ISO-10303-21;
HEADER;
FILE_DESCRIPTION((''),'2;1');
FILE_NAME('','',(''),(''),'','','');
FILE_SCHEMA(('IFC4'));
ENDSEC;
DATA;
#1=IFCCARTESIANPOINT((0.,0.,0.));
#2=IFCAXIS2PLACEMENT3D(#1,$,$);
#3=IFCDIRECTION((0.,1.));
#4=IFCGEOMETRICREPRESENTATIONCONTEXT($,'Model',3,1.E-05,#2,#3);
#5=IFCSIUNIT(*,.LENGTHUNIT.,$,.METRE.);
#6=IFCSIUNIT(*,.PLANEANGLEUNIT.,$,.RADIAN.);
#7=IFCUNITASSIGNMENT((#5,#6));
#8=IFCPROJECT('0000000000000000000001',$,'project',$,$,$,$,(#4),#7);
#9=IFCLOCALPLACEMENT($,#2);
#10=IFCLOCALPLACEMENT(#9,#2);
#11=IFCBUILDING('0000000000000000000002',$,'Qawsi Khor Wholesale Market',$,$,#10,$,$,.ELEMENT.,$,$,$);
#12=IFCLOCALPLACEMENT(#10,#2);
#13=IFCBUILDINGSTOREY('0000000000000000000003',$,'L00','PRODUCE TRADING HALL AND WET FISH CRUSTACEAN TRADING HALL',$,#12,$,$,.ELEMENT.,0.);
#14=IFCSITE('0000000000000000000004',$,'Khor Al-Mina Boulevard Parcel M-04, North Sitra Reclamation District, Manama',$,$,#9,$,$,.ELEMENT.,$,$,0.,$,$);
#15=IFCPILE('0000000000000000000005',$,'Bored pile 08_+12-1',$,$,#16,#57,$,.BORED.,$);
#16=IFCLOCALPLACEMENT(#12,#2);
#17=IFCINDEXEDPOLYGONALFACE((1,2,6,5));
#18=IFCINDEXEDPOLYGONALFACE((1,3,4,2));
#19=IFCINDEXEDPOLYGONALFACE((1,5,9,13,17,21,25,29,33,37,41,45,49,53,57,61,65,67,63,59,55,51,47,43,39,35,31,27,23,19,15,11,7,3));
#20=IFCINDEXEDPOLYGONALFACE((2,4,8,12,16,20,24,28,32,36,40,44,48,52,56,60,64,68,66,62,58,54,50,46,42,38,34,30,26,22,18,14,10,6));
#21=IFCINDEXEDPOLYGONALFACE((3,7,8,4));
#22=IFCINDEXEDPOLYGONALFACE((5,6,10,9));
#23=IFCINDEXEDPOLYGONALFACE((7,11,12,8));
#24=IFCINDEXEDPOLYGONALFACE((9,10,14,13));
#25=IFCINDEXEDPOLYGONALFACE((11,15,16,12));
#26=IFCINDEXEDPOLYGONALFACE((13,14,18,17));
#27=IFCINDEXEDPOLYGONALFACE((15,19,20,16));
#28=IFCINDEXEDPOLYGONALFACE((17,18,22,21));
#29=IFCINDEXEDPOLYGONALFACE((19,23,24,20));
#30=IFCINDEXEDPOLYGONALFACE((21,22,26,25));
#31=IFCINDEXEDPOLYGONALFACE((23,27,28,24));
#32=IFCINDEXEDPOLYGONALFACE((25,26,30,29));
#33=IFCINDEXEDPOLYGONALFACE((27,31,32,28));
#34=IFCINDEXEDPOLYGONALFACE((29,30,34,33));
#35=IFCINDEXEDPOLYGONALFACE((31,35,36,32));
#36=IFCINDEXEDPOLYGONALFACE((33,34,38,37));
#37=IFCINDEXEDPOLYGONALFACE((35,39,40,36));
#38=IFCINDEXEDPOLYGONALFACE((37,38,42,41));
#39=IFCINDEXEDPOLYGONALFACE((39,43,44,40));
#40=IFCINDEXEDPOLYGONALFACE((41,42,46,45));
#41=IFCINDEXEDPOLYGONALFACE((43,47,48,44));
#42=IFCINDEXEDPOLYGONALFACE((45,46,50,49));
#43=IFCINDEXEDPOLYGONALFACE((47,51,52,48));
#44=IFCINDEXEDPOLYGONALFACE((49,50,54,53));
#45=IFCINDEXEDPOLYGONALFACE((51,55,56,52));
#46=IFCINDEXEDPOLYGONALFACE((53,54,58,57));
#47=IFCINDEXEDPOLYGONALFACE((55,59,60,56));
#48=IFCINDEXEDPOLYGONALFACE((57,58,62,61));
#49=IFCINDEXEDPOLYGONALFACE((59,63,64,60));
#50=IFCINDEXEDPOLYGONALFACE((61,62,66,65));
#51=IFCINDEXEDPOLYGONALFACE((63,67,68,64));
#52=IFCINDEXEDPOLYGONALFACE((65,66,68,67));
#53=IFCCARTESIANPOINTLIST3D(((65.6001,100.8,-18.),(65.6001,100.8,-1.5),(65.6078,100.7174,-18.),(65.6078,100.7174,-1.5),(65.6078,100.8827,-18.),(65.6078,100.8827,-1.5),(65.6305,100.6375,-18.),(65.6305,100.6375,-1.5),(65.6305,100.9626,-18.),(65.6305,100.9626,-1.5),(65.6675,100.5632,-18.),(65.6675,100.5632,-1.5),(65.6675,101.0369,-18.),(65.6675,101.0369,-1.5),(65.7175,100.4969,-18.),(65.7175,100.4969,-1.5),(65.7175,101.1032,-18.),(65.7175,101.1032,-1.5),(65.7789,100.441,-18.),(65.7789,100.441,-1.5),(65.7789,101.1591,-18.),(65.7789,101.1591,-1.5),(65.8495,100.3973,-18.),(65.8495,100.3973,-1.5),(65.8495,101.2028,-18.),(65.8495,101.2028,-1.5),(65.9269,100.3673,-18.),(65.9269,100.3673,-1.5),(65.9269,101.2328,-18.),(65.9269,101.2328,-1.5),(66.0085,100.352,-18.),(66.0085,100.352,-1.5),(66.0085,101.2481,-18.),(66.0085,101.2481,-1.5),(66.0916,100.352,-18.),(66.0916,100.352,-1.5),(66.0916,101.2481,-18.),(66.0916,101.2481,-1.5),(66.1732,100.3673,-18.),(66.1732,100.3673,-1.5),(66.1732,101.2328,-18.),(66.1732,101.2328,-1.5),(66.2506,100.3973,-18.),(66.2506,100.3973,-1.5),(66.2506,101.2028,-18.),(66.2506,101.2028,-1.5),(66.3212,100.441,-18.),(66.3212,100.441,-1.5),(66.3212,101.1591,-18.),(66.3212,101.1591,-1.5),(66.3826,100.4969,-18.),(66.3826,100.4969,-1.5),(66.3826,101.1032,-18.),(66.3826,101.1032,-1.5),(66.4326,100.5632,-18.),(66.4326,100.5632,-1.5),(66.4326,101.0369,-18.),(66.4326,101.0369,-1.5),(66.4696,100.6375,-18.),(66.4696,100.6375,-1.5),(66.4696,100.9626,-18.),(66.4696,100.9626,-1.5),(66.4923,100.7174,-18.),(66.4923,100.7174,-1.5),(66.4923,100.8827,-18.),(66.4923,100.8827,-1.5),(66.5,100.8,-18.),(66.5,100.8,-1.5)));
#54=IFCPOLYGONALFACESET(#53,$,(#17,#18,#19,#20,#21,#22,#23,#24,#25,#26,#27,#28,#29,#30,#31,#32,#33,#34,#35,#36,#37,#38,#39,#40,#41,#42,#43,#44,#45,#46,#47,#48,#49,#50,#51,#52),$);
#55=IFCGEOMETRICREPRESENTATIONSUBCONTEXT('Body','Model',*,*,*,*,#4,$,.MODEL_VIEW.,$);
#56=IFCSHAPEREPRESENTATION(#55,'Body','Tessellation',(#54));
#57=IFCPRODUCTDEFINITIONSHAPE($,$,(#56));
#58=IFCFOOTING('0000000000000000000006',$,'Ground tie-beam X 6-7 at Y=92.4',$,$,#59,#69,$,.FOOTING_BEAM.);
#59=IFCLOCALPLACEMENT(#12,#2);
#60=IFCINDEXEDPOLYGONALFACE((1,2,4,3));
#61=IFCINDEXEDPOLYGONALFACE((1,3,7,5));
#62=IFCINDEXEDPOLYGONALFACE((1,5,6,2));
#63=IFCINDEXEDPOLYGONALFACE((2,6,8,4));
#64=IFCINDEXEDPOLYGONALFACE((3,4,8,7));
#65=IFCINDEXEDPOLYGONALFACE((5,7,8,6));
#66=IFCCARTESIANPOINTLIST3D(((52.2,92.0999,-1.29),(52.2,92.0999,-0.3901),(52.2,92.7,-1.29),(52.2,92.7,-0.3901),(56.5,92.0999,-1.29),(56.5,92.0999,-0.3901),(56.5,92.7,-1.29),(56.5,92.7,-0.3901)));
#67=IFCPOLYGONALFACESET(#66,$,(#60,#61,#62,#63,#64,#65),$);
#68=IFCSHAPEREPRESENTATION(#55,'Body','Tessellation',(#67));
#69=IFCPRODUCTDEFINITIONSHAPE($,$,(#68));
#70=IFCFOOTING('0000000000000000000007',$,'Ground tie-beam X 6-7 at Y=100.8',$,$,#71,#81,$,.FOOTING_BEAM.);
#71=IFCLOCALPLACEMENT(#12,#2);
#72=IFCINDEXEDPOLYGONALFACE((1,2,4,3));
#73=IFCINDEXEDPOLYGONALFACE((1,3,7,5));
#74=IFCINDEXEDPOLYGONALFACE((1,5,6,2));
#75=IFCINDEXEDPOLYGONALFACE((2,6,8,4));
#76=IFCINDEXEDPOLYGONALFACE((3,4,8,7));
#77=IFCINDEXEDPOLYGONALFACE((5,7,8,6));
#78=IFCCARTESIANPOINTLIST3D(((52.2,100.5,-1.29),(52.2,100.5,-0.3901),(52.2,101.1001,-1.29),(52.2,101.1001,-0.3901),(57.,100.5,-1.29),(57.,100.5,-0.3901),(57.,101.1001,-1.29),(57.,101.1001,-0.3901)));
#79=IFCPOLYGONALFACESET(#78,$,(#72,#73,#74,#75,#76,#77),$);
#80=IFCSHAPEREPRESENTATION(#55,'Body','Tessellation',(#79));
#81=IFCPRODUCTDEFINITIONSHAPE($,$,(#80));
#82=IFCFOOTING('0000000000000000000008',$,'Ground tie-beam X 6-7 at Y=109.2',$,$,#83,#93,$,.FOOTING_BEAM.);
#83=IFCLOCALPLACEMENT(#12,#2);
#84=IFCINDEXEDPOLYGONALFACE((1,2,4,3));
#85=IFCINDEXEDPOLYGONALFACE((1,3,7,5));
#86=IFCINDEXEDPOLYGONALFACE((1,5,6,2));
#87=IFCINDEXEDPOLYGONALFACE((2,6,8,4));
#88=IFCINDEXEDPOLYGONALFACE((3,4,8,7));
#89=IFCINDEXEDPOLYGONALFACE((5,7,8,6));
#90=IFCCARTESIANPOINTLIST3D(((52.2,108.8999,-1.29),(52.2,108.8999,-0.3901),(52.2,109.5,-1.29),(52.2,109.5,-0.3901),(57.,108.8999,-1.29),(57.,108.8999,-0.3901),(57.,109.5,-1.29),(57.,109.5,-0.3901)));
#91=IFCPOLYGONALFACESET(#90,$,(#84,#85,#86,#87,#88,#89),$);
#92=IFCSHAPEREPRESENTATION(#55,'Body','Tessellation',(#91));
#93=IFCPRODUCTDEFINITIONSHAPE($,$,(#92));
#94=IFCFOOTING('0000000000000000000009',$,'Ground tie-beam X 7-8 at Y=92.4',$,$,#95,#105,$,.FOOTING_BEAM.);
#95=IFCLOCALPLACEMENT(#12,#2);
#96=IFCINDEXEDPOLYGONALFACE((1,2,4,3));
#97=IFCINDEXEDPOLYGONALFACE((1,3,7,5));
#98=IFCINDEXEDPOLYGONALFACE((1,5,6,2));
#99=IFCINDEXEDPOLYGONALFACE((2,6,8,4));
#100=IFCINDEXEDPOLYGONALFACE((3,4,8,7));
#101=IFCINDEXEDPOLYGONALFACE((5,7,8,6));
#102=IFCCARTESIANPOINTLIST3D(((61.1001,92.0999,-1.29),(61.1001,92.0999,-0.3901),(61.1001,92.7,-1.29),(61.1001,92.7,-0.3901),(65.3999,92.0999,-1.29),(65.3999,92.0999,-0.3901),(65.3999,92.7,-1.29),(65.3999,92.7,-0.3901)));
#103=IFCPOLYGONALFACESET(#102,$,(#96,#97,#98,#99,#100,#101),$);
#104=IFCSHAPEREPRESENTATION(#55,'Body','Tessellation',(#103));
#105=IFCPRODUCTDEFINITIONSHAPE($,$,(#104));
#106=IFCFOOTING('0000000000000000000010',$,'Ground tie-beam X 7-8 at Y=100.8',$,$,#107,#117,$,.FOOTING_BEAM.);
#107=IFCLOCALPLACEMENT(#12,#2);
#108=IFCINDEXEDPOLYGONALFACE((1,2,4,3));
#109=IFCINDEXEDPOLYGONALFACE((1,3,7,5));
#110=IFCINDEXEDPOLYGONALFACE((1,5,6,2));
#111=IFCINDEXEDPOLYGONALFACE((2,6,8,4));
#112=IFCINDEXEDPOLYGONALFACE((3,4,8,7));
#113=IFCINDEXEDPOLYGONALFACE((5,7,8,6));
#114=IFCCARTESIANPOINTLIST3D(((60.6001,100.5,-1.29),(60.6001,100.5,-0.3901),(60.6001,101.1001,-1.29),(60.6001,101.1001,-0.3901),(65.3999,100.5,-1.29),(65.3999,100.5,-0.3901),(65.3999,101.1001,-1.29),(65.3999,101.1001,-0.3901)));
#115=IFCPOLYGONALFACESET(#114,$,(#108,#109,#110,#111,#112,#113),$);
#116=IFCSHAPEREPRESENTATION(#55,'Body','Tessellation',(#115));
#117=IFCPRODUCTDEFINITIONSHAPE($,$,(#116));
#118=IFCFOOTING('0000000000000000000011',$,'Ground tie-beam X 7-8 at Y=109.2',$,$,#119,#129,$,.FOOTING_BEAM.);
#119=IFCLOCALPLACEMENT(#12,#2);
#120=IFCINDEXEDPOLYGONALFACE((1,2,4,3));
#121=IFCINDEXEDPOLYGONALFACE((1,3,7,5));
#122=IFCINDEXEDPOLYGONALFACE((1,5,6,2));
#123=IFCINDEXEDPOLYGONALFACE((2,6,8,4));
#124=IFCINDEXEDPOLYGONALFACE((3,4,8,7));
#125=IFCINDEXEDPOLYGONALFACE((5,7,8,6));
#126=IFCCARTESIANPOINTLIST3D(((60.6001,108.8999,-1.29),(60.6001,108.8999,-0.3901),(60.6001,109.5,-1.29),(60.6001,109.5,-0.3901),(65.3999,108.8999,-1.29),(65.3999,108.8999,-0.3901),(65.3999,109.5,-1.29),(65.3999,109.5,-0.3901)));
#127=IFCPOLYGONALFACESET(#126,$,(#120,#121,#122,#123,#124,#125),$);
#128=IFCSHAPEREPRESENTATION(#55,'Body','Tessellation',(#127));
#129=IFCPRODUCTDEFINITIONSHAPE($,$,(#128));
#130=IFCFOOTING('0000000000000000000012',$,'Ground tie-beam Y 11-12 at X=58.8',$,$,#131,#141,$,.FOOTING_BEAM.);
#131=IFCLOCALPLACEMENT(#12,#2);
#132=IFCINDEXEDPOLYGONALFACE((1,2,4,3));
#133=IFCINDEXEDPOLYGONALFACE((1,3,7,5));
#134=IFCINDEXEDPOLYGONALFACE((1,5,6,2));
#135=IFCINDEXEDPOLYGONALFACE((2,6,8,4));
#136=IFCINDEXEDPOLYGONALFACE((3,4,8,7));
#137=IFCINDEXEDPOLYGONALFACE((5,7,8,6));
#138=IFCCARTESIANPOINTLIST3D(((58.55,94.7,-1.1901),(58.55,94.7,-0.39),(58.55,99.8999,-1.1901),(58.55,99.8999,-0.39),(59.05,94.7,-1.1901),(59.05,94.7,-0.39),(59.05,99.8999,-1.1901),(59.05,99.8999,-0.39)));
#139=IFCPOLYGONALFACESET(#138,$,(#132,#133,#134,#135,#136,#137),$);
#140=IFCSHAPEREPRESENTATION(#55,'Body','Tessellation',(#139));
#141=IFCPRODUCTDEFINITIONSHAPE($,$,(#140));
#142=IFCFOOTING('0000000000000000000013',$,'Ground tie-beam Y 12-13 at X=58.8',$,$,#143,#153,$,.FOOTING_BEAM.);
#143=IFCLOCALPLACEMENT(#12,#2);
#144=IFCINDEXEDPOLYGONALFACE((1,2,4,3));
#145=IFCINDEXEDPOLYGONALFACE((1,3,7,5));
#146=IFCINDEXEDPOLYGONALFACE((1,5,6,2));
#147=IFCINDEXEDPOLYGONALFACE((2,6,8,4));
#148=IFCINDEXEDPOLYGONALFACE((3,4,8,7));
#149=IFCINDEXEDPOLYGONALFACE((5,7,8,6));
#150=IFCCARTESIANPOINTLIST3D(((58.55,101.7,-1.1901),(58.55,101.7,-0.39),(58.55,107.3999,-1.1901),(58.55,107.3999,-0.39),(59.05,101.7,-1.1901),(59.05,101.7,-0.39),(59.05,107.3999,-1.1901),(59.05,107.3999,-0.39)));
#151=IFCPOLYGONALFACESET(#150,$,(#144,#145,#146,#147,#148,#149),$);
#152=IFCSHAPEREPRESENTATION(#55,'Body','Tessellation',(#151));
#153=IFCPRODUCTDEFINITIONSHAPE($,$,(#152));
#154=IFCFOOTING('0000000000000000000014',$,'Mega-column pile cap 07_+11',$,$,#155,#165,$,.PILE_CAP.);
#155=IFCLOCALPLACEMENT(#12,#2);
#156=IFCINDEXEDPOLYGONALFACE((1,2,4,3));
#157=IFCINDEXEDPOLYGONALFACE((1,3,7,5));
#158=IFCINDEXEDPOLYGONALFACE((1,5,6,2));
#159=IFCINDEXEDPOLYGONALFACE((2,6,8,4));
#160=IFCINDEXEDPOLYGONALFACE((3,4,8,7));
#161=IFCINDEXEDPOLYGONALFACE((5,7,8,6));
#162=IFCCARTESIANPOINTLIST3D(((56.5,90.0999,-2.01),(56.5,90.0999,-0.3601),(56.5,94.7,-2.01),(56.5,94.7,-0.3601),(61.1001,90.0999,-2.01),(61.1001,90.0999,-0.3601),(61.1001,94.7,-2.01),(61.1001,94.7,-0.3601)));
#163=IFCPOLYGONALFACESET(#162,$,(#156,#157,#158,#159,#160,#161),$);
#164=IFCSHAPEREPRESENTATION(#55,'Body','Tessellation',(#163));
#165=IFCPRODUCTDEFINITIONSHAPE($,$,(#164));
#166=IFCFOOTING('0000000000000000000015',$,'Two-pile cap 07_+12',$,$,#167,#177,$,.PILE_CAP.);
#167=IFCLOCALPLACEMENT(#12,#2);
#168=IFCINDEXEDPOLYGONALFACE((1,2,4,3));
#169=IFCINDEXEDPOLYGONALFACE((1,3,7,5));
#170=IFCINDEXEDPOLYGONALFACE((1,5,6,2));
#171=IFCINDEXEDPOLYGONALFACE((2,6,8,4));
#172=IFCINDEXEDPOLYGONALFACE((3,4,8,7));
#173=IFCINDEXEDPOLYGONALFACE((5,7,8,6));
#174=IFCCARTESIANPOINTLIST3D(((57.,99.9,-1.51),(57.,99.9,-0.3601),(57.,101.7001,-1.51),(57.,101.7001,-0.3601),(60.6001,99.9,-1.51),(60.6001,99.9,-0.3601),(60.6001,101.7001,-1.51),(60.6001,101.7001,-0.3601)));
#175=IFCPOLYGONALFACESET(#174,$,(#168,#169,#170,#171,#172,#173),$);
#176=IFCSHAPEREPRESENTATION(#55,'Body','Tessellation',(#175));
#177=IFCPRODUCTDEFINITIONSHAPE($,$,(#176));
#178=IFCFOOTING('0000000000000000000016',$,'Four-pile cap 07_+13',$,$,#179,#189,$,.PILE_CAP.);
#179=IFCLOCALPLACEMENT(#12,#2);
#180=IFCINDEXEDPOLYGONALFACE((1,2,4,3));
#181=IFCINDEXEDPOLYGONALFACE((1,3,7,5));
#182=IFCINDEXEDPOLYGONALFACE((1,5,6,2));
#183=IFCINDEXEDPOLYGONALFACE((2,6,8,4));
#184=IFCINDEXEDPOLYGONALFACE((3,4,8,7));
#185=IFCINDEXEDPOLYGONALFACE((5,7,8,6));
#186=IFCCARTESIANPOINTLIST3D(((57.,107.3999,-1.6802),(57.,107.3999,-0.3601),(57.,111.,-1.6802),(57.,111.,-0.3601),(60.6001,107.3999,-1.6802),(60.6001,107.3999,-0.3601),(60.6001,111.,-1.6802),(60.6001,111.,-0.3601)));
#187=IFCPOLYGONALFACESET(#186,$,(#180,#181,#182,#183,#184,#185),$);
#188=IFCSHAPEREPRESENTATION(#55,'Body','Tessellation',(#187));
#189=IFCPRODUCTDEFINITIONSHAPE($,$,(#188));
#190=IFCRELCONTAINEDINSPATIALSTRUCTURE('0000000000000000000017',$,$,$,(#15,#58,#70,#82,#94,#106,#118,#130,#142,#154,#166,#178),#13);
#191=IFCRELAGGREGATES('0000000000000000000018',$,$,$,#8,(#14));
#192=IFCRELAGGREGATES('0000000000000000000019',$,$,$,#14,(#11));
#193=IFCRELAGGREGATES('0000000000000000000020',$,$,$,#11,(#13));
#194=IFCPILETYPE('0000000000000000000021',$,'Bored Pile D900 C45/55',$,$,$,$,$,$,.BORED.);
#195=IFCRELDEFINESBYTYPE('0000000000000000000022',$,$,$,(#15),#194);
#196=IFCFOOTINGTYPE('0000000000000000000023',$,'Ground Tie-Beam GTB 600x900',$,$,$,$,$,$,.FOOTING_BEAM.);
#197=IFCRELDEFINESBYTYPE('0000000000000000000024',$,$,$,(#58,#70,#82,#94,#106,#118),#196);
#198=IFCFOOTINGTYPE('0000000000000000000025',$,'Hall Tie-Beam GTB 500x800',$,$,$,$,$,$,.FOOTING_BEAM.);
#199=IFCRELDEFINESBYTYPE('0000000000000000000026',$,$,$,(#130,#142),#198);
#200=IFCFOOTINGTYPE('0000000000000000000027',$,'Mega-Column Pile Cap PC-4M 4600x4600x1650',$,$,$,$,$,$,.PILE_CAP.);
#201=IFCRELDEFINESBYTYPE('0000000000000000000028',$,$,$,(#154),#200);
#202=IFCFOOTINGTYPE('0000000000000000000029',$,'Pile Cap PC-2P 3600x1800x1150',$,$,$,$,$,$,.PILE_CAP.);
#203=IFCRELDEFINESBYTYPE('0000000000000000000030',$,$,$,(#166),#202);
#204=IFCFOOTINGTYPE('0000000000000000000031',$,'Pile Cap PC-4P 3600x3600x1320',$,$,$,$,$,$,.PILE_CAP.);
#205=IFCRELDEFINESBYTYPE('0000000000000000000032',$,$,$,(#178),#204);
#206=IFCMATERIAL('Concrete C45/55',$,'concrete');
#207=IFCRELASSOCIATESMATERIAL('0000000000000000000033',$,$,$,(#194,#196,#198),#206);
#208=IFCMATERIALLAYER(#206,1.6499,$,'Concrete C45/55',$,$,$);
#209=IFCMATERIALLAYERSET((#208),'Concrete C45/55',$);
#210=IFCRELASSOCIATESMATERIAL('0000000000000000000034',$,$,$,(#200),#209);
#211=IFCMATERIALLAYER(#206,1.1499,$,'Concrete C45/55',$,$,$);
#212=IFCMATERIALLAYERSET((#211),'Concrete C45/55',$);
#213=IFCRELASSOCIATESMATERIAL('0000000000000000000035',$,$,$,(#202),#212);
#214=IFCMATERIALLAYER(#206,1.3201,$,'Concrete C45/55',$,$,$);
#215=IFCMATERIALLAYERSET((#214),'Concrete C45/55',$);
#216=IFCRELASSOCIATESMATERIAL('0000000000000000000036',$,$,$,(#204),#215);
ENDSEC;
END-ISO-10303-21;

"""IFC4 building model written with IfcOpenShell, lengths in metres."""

from ifc_helpers import new_model, si_unit, direction, frame, origin, origin_2d, place, context, subcontext, project, spatial, rectangle, circle, extrude, material, layer, layer_set, material_profile, profile_set, type_object, element, save


model = new_model("IFC4")

# Units and contexts
model_context = context("Model", 3, precision=1e-05, world=origin(), true_north=direction((0.0, 1.0)))
body_context = subcontext(model_context, "Body", "Model", "MODEL_VIEW")
ifc_project = project(units=[si_unit("LENGTHUNIT", "METRE"), si_unit("PLANEANGLEUNIT", "RADIAN")], contexts=[model_context])

# Site, building, storey
site_placement = place(None, origin())
site = spatial("IfcSite", under=ifc_project, at=site_placement, Name="Khor Al-Mina Boulevard Parcel M-04, North Sitra Reclamation District, Manama", CompositionType="ELEMENT", RefElevation=0.0)
building_placement = place(site_placement, origin())
building = spatial("IfcBuilding", under=site, at=building_placement, Name="Qawsi Khor Wholesale Market", CompositionType="ELEMENT")
storey_placement = place(building_placement, origin())
storey = spatial("IfcBuildingStorey", under=building, at=storey_placement, Name="L00", Description="PRODUCE TRADING HALL AND WET FISH CRUSTACEAN TRADING HALL", CompositionType="ELEMENT", Elevation=0.0)

# Pile
ifc_material_1 = material(Name="Concrete C45/55", Category="concrete")
ifc_material_profile_1 = material_profile(ifc_material_1, circle(Radius=0.45, at=origin_2d()), Name="PILE D900")
ifc_profile_set_1 = profile_set([ifc_material_profile_1], Name="Concrete C45/55")
pile_type_1 = type_object("IfcPileType", Name="Bored Pile D900 C45/55", PredefinedType="BORED", material=ifc_profile_set_1)
for number, where, z_axis, x_axis, name in (
    (1, (66.05, 100.8, -1.5), (0.0, 0.0, -1.0), (1.0, 0.0, 0.0), "Bored pile 08_+12-1"),
):
    element("IfcPile", number, at=place(storey_placement, frame(where, z_axis=z_axis, x_axis=x_axis)), inside=storey, type_object=pile_type_1, Name=name, PredefinedType="BORED", context=body_context, shape_type="SweptSolid", body=[
        extrude(circle(Radius=0.45, at=origin_2d()), origin(), (0.0, 0.0, 1.0), 16.5),
    ])

# Footings
ifc_material_profile_2 = material_profile(ifc_material_1, rectangle(XDim=0.6001, YDim=0.8999, at=origin_2d()), Name="RC 600x900")
ifc_profile_set_2 = profile_set([ifc_material_profile_2], Name="Concrete C45/55")
footing_type_1 = type_object("IfcFootingType", Name="Ground Tie-Beam GTB 600x900", PredefinedType="FOOTING_BEAM", material=ifc_profile_set_2)
footing_1_placement = place(storey_placement, frame((52.2, 92.3999, -0.8401), z_axis=(1.0, 0.0, 0.0), x_axis=(0.0, 1.0, 0.0)))
element("IfcFooting", 2, at=footing_1_placement, inside=storey, type_object=footing_type_1, Name="Ground tie-beam X 6-7 at Y=92.4", PredefinedType="FOOTING_BEAM", context=body_context, shape_type="SweptSolid", body=[
    extrude(rectangle(XDim=0.6001, YDim=0.8999, at=origin_2d()), origin(), (0.0, 0.0, 1.0), 4.3),
])
for number, where, z_axis, x_axis, name in (
    (3, (52.2, 100.8, -0.8401), (1.0, 0.0, 0.0), (0.0, 1.0, 0.0), "Ground tie-beam X 6-7 at Y=100.8"),
    (4, (52.2, 109.2, -0.8401), (1.0, 0.0, 0.0), (0.0, 1.0, 0.0), "Ground tie-beam X 6-7 at Y=109.2"),
):
    element("IfcFooting", number, at=place(storey_placement, frame(where, z_axis=z_axis, x_axis=x_axis)), inside=storey, type_object=footing_type_1, Name=name, PredefinedType="FOOTING_BEAM", context=body_context, shape_type="SweptSolid", body=[
        extrude(rectangle(XDim=0.6001, YDim=0.8999, at=origin_2d()), origin(), (0.0, 0.0, 1.0), 4.8),
    ])
footing_2_placement = place(storey_placement, frame((61.1001, 92.3999, -0.8401), z_axis=(1.0, 0.0, 0.0), x_axis=(0.0, 1.0, 0.0)))
element("IfcFooting", 5, at=footing_2_placement, inside=storey, type_object=footing_type_1, Name="Ground tie-beam X 7-8 at Y=92.4", PredefinedType="FOOTING_BEAM", context=body_context, shape_type="SweptSolid", body=[
    extrude(rectangle(XDim=0.6001, YDim=0.8999, at=origin_2d()), origin(), (0.0, 0.0, 1.0), 4.2998),
])
for number, where, z_axis, x_axis, name in (
    (6, (60.6001, 100.8, -0.8401), (1.0, 0.0, 0.0), (0.0, 1.0, 0.0), "Ground tie-beam X 7-8 at Y=100.8"),
    (7, (60.6001, 109.2, -0.8401), (1.0, 0.0, 0.0), (0.0, 1.0, 0.0), "Ground tie-beam X 7-8 at Y=109.2"),
):
    element("IfcFooting", number, at=place(storey_placement, frame(where, z_axis=z_axis, x_axis=x_axis)), inside=storey, type_object=footing_type_1, Name=name, PredefinedType="FOOTING_BEAM", context=body_context, shape_type="SweptSolid", body=[
        extrude(rectangle(XDim=0.6001, YDim=0.8999, at=origin_2d()), origin(), (0.0, 0.0, 1.0), 4.7998),
    ])
ifc_material_profile_3 = material_profile(ifc_material_1, rectangle(XDim=0.5, YDim=0.8, at=origin_2d()), Name="RC 500x800")
ifc_profile_set_3 = profile_set([ifc_material_profile_3], Name="Concrete C45/55")
footing_type_2 = type_object("IfcFootingType", Name="Hall Tie-Beam GTB 500x800", PredefinedType="FOOTING_BEAM", material=ifc_profile_set_3)
footing_3_placement = place(storey_placement, frame((58.8, 94.7, -0.79), z_axis=(0.0, 1.0, 0.0), x_axis=(-1.0, 0.0, 0.0)))
element("IfcFooting", 8, at=footing_3_placement, inside=storey, type_object=footing_type_2, Name="Ground tie-beam Y 11-12 at X=58.8", PredefinedType="FOOTING_BEAM", context=body_context, shape_type="SweptSolid", body=[
    extrude(rectangle(XDim=0.5, YDim=0.8, at=origin_2d()), origin(), (0.0, 0.0, 1.0), 5.2),
])
footing_4_placement = place(storey_placement, frame((58.8, 101.7, -0.79), z_axis=(0.0, 1.0, 0.0), x_axis=(-1.0, 0.0, 0.0)))
element("IfcFooting", 9, at=footing_4_placement, inside=storey, type_object=footing_type_2, Name="Ground tie-beam Y 12-13 at X=58.8", PredefinedType="FOOTING_BEAM", context=body_context, shape_type="SweptSolid", body=[
    extrude(rectangle(XDim=0.5, YDim=0.8, at=origin_2d()), origin(), (0.0, 0.0, 1.0), 5.7),
])
ifc_layer_1 = layer(ifc_material_1, 1.6499, Name="Concrete C45/55")
ifc_layer_set_1 = layer_set([ifc_layer_1], Name="Concrete C45/55")
footing_type_3 = type_object("IfcFootingType", Name="Mega-Column Pile Cap PC-4M 4600x4600x1650", PredefinedType="PILE_CAP", material=ifc_layer_set_1)
footing_5_placement = place(storey_placement, frame((58.8, 92.3999, -2.01), z_axis=(0.0, 0.0, 1.0), x_axis=(1.0, 0.0, 0.0)))
element("IfcFooting", 10, at=footing_5_placement, inside=storey, type_object=footing_type_3, Name="Mega-column pile cap 07_+11", PredefinedType="PILE_CAP", context=body_context, shape_type="SweptSolid", body=[
    extrude(rectangle(XDim=4.6001, YDim=4.6001, at=origin_2d()), origin(), (0.0, 0.0, 1.0), 1.6499),
])
ifc_layer_2 = layer(ifc_material_1, 1.1499, Name="Concrete C45/55")
ifc_layer_set_2 = layer_set([ifc_layer_2], Name="Concrete C45/55")
footing_type_4 = type_object("IfcFootingType", Name="Pile Cap PC-2P 3600x1800x1150", PredefinedType="PILE_CAP", material=ifc_layer_set_2)
footing_6_placement = place(storey_placement, frame((58.8, 100.8, -1.51), z_axis=(0.0, 0.0, 1.0), x_axis=(1.0, 0.0, 0.0)))
element("IfcFooting", 11, at=footing_6_placement, inside=storey, type_object=footing_type_4, Name="Two-pile cap 07_+12", PredefinedType="PILE_CAP", context=body_context, shape_type="SweptSolid", body=[
    extrude(rectangle(XDim=3.6001, YDim=1.8, at=origin_2d()), origin(), (0.0, 0.0, 1.0), 1.1499),
])
ifc_layer_3 = layer(ifc_material_1, 1.3201, Name="Concrete C45/55")
ifc_layer_set_3 = layer_set([ifc_layer_3], Name="Concrete C45/55")
footing_type_5 = type_object("IfcFootingType", Name="Pile Cap PC-4P 3600x3600x1320", PredefinedType="PILE_CAP", material=ifc_layer_set_3)
footing_7_placement = place(storey_placement, frame((58.8, 109.2, -1.6802), z_axis=(0.0, 0.0, 1.0), x_axis=(1.0, 0.0, 0.0)))
element("IfcFooting", 12, at=footing_7_placement, inside=storey, type_object=footing_type_5, Name="Four-pile cap 07_+13", PredefinedType="PILE_CAP", context=body_context, shape_type="SweptSolid", body=[
    extrude(rectangle(XDim=3.6001, YDim=3.6001, at=origin_2d()), origin(), (0.0, 0.0, 1.0), 1.3201),
])

save(model, "model.ifc")
